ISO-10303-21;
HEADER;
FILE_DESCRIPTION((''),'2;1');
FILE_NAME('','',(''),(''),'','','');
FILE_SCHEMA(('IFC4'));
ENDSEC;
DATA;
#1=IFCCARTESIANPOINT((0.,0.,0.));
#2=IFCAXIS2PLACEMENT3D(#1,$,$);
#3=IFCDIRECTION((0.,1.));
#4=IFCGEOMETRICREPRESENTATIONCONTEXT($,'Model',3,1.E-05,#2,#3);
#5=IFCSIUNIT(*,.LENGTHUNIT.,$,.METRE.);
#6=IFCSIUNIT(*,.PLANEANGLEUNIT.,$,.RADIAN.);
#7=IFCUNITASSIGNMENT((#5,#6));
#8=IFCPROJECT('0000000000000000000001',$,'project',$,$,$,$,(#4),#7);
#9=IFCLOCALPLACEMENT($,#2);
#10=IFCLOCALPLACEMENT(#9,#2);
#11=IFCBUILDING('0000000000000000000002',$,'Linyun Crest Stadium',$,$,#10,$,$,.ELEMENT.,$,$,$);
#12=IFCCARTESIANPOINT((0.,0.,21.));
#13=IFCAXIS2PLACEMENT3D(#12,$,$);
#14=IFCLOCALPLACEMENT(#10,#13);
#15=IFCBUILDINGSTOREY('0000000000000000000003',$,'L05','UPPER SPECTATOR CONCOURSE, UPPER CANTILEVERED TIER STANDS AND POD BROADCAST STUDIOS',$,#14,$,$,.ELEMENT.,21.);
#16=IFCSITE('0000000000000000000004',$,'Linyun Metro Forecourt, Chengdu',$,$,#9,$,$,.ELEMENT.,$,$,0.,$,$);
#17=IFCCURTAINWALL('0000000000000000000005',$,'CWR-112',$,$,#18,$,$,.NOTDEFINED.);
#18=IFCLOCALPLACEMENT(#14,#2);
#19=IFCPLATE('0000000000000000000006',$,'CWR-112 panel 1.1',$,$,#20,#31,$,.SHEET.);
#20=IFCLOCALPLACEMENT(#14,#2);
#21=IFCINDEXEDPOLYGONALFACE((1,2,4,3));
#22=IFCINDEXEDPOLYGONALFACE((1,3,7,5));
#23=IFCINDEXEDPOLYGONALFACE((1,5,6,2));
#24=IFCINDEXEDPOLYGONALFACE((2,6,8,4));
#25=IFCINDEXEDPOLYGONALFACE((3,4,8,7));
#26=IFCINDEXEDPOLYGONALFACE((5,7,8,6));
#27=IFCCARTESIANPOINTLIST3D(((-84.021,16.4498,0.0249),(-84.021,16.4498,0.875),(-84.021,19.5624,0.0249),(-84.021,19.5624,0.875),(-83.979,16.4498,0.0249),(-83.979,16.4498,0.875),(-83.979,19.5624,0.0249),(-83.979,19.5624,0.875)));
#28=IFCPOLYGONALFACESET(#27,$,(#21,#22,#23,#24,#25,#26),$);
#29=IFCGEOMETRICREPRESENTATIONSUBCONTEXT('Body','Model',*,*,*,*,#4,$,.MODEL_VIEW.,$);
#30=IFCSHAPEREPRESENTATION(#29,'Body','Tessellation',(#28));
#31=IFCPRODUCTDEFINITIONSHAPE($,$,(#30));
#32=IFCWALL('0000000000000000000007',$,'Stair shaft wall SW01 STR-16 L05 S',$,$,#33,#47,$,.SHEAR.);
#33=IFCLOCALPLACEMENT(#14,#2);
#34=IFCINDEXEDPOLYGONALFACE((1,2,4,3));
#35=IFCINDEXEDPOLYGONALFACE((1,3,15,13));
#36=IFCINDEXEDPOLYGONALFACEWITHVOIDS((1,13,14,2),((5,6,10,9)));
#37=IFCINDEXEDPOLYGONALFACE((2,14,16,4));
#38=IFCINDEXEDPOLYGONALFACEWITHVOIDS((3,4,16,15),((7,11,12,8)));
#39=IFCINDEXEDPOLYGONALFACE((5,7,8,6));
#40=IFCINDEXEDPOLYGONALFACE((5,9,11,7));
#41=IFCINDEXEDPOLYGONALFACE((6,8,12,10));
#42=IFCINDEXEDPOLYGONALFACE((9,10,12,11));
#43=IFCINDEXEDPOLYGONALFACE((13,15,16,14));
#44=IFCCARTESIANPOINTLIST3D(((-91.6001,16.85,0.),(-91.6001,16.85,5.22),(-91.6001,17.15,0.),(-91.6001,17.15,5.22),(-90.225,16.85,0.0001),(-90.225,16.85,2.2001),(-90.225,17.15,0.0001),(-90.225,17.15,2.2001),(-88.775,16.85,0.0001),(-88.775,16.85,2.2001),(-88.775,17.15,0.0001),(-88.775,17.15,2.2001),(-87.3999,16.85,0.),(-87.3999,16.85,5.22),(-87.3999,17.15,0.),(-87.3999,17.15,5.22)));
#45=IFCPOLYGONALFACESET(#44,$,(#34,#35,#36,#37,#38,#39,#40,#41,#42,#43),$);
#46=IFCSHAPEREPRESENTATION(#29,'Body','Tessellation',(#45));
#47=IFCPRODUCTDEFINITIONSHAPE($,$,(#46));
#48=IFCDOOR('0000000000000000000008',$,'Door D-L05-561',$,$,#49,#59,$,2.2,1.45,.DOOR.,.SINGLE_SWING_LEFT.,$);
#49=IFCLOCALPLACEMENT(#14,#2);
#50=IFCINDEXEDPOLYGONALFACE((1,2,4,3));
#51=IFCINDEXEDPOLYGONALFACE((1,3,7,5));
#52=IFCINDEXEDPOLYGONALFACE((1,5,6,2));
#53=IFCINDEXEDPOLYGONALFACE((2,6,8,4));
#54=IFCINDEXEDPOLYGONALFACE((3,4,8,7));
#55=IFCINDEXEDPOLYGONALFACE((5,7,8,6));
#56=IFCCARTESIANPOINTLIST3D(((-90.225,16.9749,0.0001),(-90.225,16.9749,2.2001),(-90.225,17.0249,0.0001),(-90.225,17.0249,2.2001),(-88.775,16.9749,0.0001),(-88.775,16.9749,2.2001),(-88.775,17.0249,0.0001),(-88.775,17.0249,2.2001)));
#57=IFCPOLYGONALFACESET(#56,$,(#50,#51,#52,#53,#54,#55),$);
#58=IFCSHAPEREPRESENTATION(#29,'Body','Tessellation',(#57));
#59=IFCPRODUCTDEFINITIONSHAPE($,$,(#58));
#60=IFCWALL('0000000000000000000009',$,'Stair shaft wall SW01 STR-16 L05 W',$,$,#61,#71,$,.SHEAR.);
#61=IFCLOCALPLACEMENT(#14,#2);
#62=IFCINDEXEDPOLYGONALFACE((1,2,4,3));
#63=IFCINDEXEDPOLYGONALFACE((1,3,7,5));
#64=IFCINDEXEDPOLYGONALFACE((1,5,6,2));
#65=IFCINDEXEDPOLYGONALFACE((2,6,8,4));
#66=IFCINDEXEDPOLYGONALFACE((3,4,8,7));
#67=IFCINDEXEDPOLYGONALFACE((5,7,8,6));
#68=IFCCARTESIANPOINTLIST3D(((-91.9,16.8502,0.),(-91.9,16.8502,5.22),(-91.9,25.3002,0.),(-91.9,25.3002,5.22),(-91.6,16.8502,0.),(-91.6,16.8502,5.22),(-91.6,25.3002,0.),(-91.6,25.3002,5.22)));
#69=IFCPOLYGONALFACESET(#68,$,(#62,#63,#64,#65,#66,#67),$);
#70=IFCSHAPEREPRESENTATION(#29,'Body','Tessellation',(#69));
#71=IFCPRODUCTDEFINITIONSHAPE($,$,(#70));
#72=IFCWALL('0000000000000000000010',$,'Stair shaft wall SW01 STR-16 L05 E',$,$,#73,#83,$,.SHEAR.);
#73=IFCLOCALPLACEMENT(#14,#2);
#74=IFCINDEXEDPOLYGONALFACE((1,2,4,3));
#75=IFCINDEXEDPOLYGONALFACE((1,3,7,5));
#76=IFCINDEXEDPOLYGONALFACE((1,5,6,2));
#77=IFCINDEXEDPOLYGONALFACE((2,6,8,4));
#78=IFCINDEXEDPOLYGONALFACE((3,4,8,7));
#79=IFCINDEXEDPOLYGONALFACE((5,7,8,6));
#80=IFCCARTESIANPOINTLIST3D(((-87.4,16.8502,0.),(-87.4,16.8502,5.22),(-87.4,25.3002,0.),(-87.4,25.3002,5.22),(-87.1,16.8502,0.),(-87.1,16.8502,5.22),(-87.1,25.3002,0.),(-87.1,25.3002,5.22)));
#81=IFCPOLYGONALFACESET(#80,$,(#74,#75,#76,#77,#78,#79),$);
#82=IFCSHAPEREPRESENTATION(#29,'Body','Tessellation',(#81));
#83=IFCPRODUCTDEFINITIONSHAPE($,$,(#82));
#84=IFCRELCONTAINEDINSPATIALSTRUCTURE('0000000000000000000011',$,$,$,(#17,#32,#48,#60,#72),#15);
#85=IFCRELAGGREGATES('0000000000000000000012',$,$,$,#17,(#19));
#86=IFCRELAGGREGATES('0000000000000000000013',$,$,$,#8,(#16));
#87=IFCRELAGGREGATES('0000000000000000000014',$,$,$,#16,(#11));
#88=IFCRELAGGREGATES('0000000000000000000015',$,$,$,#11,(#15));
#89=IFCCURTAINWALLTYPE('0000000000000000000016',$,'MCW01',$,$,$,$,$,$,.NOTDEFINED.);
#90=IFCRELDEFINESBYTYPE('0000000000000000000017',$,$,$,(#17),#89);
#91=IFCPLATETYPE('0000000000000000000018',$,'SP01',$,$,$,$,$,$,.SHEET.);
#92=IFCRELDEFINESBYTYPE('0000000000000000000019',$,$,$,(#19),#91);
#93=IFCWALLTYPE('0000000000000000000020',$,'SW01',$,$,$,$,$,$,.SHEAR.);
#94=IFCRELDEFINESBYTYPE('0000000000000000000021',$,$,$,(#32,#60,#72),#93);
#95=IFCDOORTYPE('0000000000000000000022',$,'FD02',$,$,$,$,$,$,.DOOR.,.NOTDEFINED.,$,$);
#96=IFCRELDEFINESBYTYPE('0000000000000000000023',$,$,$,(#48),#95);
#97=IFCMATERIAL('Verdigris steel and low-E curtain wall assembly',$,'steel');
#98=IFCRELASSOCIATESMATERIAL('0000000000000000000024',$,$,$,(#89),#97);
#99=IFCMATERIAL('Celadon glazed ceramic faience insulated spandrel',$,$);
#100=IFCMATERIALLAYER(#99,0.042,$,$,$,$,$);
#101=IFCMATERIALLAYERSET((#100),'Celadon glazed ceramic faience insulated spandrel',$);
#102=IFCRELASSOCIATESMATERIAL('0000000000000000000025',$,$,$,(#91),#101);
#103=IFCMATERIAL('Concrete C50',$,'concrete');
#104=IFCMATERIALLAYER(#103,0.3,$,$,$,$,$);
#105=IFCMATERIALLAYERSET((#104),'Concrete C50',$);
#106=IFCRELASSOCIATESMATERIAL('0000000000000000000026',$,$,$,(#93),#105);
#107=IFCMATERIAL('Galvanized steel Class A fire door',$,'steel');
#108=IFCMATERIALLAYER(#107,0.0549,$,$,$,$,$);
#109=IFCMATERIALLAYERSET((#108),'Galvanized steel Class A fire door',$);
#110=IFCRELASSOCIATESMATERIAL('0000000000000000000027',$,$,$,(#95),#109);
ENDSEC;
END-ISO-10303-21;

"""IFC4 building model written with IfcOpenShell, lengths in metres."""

from ifc_helpers import new_model, si_unit, direction, frame, frame_2d, origin, origin_2d, place, context, subcontext, project, spatial, rectangle, extrude, material, layer, layer_set, type_object, element, fill, aggregate, save


model = new_model("IFC4")

# Units and contexts
model_context = context("Model", 3, precision=1e-05, world=origin(), true_north=direction((0.0, 1.0)))
body_context = subcontext(model_context, "Body", "Model", "MODEL_VIEW")
ifc_project = project(units=[si_unit("LENGTHUNIT", "METRE"), si_unit("PLANEANGLEUNIT", "RADIAN")], contexts=[model_context])

# Site, building, storey
site_placement = place(None, origin())
site = spatial("IfcSite", under=ifc_project, at=site_placement, Name="Linyun Metro Forecourt, Chengdu", CompositionType="ELEMENT", RefElevation=0.0)
building_placement = place(site_placement, origin())
building = spatial("IfcBuilding", under=site, at=building_placement, Name="Linyun Crest Stadium", CompositionType="ELEMENT")
storey_placement = place(building_placement, frame((0.0, 0.0, 21.0)))
storey = spatial("IfcBuildingStorey", under=building, at=storey_placement, Name="L05", Description="UPPER SPECTATOR CONCOURSE, UPPER CANTILEVERED TIER STANDS AND POD BROADCAST STUDIOS", CompositionType="ELEMENT", Elevation=21.0)

# Shared definitions
ifc_material_1 = material(Name="Verdigris steel and low-E curtain wall assembly", Category="steel")
curtain_wall_type = type_object("IfcCurtainWallType", Name="MCW01", PredefinedType="NOTDEFINED", material=ifc_material_1)

# Curtain wall
curtain_wall_1_placement = place(storey_placement, origin())
curtain_wall_1 = element("IfcCurtainWall", 1, at=curtain_wall_1_placement, inside=storey, type_object=curtain_wall_type, Name="CWR-112", PredefinedType="NOTDEFINED")

# Plate
ifc_material_2 = material(Name="Celadon glazed ceramic faience insulated spandrel")
ifc_layer_1 = layer(ifc_material_2, 0.042)
ifc_layer_set_1 = layer_set([ifc_layer_1], Name="Celadon glazed ceramic faience insulated spandrel")
plate_type_1 = type_object("IfcPlateType", Name="SP01", PredefinedType="SHEET", material=ifc_layer_set_1)
plate_1_placement = place(storey_placement, frame((-84.0, 18.0061, 0.0249), z_axis=(0.0, 0.0, 1.0), x_axis=(0.0, 1.0, 0.0)))
plate_1 = element("IfcPlate", 2, at=plate_1_placement, type_object=plate_type_1, Name="CWR-112 panel 1.1", PredefinedType="SHEET", context=body_context, shape_type="SweptSolid", body=[
    extrude(rectangle(XDim=3.1125, YDim=0.042, at=origin_2d()), origin(), (0.0, 0.0, 1.0), 0.8501),
])
aggregate(curtain_wall_1, [plate_1])

# Wall, opening, door
ifc_material_3 = material(Name="Concrete C50", Category="concrete")
ifc_layer_2 = layer(ifc_material_3, 0.3)
ifc_layer_set_2 = layer_set([ifc_layer_2], Name="Concrete C50")
wall_type = type_object("IfcWallType", Name="SW01", PredefinedType="SHEAR", material=ifc_layer_set_2)
wall_placement = place(storey_placement, frame((-91.6001, 17.0, 0.0), z_axis=(0.0, 0.0, 1.0), x_axis=(1.0, 0.0, 0.0)))
wall = element("IfcWall", 3, at=wall_placement, inside=storey, type_object=wall_type, Name="Stair shaft wall SW01 STR-16 L05 S", PredefinedType="SHEAR", context=body_context, shape_type="SweptSolid", body=[
    extrude(rectangle(XDim=4.2002, YDim=0.3, at=frame_2d((2.1001, 0.0))), origin(), (0.0, 0.0, 1.0), 5.22),
])
opening_placement = place(wall_placement, frame((1.375, 0.0, 0.0)))
opening = element("IfcOpeningElement", 4, at=opening_placement, cuts=wall, PredefinedType="OPENING", context=body_context, shape_type="SweptSolid", body=[
    extrude(rectangle(XDim=1.45, YDim=2.2, at=frame_2d((0.7251, 1.1001))), frame((0.0, 0.1599, 0.0), z_axis=(0.0, -1.0, 0.0), x_axis=(1.0, 0.0, 0.0)), (0.0, 0.0, 1.0), 0.3201),
])
ifc_material_4 = material(Name="Galvanized steel Class A fire door", Category="steel")
ifc_layer_3 = layer(ifc_material_4, 0.0549)
ifc_layer_set_3 = layer_set([ifc_layer_3], Name="Galvanized steel Class A fire door")
door_type = type_object("IfcDoorType", Name="FD02", OperationType="NOTDEFINED", PredefinedType="DOOR", material=ifc_layer_set_3)
door_placement = place(opening_placement, origin())
door = element("IfcDoor", 5, at=door_placement, inside=storey, type_object=door_type, Name="Door D-L05-561", OperationType="SINGLE_SWING_LEFT", OverallHeight=2.2, OverallWidth=1.45, PredefinedType="DOOR", context=body_context, shape_type="SweptSolid", body=[
    extrude(rectangle(XDim=1.45, YDim=2.2, at=frame_2d((0.7251, 1.1001))), frame((0.0, 0.0249, 0.0), z_axis=(0.0, -1.0, 0.0), x_axis=(1.0, 0.0, 0.0)), (0.0, 0.0, 1.0), 0.05),
])
fill(opening, door)

# Walls
for number, where, z_axis, x_axis, name in (
    (6, (-91.75, 16.8501, 0.0), (0.0, 0.0, 1.0), (0.0, 1.0, 0.0), "Stair shaft wall SW01 STR-16 L05 W"),
    (7, (-87.25, 16.8501, 0.0), (0.0, 0.0, 1.0), (0.0, 1.0, 0.0), "Stair shaft wall SW01 STR-16 L05 E"),
):
    element("IfcWall", number, at=place(storey_placement, frame(where, z_axis=z_axis, x_axis=x_axis)), inside=storey, type_object=wall_type, Name=name, PredefinedType="SHEAR", context=body_context, shape_type="SweptSolid", body=[
        extrude(rectangle(XDim=8.45, YDim=0.3, at=frame_2d((4.2251, 0.0))), origin(), (0.0, 0.0, 1.0), 5.22),
    ])

save(model, "model.ifc")
